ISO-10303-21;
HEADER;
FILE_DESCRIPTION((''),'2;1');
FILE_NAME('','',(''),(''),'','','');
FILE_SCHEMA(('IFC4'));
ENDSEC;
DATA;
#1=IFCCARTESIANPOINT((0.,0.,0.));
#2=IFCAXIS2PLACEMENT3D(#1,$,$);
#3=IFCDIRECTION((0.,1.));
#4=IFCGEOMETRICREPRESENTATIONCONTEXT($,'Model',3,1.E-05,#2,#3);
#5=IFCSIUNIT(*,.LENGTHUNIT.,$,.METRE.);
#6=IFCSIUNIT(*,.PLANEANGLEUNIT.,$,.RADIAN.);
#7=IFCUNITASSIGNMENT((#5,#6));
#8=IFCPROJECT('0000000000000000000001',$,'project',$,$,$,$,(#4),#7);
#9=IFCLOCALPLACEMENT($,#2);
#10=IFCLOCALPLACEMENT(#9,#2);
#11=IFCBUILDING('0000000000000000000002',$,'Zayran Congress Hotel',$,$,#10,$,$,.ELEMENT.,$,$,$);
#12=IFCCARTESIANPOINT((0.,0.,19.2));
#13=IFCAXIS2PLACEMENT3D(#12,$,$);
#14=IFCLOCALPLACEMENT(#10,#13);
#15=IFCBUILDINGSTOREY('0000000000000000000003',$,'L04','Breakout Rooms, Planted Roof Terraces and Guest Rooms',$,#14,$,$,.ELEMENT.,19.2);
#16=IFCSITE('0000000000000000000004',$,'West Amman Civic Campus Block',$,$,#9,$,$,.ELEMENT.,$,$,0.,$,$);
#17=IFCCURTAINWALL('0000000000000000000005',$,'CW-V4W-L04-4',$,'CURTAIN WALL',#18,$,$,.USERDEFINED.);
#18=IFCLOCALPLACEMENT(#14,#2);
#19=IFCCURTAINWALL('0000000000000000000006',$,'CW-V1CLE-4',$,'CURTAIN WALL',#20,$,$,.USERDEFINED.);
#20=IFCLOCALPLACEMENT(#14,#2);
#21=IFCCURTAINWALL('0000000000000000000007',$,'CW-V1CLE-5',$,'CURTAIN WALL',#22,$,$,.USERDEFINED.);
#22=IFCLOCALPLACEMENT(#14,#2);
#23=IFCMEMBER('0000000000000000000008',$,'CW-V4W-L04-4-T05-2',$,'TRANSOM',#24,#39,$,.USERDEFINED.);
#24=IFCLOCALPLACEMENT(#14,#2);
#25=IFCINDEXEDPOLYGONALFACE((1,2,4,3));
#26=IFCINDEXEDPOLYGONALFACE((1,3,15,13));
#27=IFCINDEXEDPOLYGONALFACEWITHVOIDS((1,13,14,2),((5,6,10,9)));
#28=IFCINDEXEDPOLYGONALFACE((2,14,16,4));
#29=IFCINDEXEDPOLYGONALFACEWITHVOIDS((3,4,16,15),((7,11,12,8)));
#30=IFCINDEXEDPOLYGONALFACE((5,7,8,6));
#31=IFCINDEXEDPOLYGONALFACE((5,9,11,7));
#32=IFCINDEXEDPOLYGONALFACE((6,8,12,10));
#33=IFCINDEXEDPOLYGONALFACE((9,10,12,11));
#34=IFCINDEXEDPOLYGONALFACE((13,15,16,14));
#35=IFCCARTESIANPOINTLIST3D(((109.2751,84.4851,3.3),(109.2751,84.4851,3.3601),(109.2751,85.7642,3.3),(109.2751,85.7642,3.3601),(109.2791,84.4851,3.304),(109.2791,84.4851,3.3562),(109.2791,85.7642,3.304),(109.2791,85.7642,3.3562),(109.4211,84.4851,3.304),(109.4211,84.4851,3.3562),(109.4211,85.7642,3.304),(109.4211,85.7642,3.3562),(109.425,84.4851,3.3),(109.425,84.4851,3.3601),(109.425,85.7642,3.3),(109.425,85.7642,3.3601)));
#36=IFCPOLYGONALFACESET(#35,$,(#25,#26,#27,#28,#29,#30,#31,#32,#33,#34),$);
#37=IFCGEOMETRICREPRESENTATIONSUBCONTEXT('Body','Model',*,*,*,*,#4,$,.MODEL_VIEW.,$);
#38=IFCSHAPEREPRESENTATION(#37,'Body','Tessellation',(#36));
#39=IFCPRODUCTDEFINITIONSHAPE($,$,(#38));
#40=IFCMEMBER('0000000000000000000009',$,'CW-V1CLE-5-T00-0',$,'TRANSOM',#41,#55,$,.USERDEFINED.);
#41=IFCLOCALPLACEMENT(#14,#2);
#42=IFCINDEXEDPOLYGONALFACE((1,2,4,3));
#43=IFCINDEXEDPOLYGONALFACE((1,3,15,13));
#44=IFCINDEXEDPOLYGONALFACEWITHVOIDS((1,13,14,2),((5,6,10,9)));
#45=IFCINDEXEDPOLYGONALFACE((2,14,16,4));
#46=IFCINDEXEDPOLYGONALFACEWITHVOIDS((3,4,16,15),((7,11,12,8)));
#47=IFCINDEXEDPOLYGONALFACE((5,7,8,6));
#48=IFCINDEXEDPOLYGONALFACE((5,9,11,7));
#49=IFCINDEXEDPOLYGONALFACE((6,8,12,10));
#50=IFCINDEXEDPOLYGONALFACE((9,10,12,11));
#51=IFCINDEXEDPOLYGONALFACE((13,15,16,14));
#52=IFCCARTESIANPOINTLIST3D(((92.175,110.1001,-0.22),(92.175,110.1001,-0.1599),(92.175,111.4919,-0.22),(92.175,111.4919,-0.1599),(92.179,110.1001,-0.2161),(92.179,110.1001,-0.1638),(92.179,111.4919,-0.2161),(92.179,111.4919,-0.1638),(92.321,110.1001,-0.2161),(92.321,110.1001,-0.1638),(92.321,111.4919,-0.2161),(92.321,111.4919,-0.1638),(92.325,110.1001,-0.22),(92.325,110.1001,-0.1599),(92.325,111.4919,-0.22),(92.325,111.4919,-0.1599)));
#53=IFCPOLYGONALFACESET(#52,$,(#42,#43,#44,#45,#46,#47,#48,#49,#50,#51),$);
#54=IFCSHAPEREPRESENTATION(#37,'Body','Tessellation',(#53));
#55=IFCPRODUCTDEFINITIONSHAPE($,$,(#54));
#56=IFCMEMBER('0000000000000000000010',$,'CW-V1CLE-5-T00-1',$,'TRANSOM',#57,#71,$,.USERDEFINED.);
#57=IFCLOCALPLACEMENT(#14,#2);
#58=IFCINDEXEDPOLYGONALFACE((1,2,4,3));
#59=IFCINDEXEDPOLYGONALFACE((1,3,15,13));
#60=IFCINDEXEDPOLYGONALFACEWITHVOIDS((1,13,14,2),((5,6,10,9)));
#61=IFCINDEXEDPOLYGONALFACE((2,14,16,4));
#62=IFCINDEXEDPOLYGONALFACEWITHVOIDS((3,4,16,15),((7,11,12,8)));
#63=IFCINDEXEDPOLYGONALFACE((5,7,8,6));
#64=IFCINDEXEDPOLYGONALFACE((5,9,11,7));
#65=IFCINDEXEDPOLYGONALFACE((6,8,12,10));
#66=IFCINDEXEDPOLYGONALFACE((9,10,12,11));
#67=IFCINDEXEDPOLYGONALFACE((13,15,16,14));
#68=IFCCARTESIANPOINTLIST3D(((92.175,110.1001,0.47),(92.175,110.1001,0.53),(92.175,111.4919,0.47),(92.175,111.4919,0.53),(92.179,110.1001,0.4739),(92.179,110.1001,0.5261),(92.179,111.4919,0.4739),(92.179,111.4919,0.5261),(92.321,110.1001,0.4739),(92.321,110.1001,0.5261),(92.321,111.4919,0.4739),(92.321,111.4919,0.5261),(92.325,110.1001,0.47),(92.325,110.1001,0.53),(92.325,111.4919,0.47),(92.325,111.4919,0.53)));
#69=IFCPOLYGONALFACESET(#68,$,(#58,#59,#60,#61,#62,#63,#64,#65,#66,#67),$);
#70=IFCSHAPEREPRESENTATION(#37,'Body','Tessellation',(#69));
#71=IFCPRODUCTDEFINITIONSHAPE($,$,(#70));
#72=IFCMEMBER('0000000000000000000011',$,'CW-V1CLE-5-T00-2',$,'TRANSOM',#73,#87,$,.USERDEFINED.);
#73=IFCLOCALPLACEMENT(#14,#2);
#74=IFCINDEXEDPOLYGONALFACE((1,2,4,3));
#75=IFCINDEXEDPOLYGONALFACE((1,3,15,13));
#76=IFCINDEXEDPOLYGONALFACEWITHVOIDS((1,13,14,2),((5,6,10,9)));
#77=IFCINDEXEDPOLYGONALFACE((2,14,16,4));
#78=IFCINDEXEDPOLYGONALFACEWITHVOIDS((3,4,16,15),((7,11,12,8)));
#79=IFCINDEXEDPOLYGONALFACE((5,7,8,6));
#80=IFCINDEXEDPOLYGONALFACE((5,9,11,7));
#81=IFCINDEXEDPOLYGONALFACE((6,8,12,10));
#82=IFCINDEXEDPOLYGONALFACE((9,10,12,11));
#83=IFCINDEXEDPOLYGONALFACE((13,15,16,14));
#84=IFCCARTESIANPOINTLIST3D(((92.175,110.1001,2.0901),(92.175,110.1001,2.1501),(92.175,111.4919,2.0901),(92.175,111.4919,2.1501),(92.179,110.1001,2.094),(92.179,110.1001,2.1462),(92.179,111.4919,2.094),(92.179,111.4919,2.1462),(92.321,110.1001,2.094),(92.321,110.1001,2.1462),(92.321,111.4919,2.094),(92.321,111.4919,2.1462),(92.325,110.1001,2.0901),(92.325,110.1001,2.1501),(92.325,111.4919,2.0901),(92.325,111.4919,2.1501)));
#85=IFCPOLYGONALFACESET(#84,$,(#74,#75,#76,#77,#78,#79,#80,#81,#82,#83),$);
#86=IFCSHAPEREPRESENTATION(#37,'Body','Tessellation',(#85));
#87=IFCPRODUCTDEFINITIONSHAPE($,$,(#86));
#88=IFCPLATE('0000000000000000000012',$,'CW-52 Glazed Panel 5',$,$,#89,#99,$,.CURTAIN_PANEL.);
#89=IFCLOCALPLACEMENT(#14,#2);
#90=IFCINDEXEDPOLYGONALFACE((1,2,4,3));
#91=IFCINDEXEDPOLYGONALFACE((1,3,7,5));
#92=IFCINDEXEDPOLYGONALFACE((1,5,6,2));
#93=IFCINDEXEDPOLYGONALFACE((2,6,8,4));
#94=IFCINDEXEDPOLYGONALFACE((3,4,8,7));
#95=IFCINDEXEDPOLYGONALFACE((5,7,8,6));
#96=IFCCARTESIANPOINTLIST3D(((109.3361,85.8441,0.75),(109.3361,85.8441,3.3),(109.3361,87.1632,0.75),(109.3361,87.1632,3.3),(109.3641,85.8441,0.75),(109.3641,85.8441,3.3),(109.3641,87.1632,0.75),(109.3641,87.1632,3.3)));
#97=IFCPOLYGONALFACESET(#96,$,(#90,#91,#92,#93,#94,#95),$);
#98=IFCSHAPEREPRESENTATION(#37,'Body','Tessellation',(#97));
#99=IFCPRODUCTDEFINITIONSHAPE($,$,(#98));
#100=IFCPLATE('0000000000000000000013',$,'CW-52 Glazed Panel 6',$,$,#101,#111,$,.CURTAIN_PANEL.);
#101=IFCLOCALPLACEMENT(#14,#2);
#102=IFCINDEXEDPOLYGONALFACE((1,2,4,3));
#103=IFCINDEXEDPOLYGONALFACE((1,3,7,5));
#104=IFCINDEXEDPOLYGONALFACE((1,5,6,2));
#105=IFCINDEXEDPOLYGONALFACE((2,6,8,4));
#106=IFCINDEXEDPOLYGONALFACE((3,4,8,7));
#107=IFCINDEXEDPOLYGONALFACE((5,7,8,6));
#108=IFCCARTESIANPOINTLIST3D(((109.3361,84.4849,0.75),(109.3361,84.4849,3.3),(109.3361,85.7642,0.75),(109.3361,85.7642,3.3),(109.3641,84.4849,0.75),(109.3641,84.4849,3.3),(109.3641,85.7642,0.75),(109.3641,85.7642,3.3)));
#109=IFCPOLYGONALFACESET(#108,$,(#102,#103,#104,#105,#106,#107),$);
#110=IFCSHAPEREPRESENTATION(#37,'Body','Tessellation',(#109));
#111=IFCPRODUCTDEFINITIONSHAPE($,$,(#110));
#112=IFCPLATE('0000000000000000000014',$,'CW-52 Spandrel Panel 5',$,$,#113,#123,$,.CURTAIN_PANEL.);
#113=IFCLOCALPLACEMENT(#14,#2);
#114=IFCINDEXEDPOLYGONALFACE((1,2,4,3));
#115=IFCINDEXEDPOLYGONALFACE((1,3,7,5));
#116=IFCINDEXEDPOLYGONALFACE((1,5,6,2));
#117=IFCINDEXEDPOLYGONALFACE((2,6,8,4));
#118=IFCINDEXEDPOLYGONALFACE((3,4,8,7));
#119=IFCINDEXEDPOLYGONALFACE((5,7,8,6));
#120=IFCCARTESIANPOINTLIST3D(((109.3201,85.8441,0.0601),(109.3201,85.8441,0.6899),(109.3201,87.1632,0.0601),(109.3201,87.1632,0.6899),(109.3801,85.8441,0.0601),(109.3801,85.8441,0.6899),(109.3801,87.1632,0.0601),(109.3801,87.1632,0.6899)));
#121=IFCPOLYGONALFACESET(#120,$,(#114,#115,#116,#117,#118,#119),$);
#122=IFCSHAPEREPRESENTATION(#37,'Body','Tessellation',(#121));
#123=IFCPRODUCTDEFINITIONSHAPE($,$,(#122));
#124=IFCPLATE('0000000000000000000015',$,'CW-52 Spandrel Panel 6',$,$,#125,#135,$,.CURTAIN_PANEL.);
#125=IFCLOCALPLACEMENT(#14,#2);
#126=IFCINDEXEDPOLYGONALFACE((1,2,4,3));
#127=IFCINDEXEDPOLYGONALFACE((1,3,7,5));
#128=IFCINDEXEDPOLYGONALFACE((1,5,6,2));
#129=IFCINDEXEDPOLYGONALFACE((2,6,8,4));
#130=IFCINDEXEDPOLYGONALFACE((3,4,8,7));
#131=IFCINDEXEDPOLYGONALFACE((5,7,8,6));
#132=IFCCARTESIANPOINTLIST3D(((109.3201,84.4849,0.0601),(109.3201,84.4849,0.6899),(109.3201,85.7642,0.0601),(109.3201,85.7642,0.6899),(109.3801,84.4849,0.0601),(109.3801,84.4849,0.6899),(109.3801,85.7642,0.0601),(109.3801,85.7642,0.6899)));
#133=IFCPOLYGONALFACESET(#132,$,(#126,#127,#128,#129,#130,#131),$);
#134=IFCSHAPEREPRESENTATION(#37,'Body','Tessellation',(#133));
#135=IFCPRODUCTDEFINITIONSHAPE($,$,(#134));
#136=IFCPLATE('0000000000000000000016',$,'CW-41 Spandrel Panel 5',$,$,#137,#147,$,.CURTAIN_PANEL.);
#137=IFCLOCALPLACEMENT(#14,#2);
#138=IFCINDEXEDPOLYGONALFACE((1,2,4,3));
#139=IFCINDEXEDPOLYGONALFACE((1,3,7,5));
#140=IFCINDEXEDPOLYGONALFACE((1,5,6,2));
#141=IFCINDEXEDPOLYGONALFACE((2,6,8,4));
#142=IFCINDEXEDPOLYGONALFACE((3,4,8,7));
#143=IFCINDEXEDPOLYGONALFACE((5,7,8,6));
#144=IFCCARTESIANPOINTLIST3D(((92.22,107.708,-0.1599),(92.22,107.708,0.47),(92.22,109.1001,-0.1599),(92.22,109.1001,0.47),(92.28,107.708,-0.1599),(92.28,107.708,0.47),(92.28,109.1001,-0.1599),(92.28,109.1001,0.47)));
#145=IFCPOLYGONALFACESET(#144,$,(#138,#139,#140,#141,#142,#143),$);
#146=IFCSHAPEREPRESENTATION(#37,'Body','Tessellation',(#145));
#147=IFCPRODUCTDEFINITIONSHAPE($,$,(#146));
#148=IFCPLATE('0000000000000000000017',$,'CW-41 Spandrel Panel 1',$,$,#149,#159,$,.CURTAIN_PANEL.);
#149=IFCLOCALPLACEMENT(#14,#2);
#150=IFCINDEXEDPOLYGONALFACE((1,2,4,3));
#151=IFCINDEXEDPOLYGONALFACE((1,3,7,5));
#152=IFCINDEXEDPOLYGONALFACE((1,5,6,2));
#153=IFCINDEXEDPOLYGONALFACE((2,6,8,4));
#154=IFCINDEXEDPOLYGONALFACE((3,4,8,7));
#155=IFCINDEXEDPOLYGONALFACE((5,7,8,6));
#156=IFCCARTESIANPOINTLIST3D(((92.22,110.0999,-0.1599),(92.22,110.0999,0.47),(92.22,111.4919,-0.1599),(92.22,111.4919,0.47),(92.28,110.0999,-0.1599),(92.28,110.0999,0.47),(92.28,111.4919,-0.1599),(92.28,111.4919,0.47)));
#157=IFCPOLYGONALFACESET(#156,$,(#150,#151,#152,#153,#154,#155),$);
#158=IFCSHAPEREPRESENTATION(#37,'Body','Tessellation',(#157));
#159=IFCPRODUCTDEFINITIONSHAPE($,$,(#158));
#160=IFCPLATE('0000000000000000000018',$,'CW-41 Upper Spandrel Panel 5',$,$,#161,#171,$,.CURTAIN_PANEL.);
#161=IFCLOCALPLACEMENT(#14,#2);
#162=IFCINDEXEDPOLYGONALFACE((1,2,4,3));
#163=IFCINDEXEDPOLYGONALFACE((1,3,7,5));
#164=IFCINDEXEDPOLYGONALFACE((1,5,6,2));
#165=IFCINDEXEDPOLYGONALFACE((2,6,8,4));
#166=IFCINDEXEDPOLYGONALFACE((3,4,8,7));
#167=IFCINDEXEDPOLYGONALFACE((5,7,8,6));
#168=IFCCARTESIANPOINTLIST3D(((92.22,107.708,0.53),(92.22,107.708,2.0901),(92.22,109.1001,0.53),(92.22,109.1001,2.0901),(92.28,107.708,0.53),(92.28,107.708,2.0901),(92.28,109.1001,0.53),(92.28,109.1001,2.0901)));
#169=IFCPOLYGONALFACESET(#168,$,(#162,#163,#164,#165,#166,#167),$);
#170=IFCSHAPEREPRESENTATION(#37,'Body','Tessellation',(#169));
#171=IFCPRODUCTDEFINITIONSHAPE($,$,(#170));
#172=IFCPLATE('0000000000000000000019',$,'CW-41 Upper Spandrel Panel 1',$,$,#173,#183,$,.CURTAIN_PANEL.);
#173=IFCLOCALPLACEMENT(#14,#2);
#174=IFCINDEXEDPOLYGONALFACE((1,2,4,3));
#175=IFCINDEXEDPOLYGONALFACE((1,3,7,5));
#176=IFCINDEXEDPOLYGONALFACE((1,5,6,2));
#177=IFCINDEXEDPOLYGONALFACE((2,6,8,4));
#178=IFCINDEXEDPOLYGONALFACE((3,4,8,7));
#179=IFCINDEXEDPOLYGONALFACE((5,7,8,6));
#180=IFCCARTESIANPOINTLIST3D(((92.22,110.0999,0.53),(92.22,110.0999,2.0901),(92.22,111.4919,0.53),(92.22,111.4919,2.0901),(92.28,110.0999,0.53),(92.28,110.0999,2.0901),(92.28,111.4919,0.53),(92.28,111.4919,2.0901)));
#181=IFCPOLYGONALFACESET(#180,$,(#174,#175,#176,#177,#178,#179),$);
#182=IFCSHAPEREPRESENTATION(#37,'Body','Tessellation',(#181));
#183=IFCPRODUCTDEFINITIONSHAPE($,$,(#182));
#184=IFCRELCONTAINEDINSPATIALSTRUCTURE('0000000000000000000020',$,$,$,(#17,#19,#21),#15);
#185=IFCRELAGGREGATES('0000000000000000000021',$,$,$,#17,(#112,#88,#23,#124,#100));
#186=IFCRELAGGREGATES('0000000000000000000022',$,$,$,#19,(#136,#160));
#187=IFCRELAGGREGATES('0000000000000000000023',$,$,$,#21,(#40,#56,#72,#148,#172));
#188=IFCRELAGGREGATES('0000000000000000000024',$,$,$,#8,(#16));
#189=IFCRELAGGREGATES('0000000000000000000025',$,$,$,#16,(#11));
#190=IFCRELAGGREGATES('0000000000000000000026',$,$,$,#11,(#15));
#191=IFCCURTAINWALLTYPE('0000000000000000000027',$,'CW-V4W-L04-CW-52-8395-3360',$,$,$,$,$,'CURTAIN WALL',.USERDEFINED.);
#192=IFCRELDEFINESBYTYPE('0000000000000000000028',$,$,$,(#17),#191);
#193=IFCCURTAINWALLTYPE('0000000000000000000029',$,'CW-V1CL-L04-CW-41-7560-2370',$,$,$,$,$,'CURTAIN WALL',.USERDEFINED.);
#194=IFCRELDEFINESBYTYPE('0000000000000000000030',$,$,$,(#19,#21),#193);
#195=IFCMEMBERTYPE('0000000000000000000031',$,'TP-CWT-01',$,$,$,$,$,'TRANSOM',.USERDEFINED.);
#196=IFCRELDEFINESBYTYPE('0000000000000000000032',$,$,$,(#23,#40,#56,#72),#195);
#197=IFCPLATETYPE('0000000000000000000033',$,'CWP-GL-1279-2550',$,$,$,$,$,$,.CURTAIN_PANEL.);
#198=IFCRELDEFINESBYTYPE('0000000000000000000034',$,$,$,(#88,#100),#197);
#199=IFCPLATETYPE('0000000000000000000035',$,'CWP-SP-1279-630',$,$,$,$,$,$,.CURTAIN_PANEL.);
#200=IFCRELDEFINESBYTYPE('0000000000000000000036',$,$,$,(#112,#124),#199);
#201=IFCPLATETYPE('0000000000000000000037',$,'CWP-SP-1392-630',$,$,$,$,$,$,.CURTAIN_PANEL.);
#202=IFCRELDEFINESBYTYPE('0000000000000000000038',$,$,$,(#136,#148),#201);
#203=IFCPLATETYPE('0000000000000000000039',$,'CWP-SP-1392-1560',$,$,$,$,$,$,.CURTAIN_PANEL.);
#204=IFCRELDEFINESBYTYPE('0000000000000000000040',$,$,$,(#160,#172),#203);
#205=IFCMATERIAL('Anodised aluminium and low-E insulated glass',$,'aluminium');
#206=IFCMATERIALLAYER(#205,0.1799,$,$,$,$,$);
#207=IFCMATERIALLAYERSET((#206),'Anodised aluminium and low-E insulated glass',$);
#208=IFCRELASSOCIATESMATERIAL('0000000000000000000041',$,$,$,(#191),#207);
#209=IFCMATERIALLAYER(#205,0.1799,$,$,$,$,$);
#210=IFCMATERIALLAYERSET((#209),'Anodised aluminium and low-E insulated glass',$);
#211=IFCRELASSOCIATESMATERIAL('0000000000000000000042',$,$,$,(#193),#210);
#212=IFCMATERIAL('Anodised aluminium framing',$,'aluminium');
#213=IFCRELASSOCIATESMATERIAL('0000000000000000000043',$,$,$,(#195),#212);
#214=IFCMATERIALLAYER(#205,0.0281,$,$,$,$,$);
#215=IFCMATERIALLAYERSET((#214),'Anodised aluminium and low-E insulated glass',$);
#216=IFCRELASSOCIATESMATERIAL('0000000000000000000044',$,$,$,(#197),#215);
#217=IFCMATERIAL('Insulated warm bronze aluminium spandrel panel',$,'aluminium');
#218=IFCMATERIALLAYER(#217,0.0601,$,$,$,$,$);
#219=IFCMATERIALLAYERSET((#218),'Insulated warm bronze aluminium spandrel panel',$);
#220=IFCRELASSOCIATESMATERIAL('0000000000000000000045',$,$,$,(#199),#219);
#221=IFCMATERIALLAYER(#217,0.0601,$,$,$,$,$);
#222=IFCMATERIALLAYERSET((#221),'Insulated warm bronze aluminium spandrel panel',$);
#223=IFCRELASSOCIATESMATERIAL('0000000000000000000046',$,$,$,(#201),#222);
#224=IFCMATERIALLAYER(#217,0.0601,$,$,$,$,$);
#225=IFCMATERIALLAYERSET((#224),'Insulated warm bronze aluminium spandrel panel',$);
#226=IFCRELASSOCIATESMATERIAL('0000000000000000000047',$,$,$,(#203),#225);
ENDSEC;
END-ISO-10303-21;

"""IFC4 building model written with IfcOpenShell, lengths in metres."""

from ifc_helpers import new_model, si_unit, direction, frame, origin, origin_2d, place, context, subcontext, project, spatial, rectangle, hollow_rectangle, extrude, material, layer, layer_set, material_profile, profile_set, type_object, element, aggregate, save


model = new_model("IFC4")

# Units and contexts
model_context = context("Model", 3, precision=1e-05, world=origin(), true_north=direction((0.0, 1.0)))
body_context = subcontext(model_context, "Body", "Model", "MODEL_VIEW")
ifc_project = project(units=[si_unit("LENGTHUNIT", "METRE"), si_unit("PLANEANGLEUNIT", "RADIAN")], contexts=[model_context])

# Site, building, storey
site_placement = place(None, origin())
site = spatial("IfcSite", under=ifc_project, at=site_placement, Name="West Amman Civic Campus Block", CompositionType="ELEMENT", RefElevation=0.0)
building_placement = place(site_placement, origin())
building = spatial("IfcBuilding", under=site, at=building_placement, Name="Zayran Congress Hotel", CompositionType="ELEMENT")
storey_placement = place(building_placement, frame((0.0, 0.0, 19.2)))
storey = spatial("IfcBuildingStorey", under=building, at=storey_placement, Name="L04", Description="Breakout Rooms, Planted Roof Terraces and Guest Rooms", CompositionType="ELEMENT", Elevation=19.2)

# Curtain wall
ifc_material_1 = material(Name="Anodised aluminium and low-E insulated glass", Category="aluminium")
ifc_layer_1 = layer(ifc_material_1, 0.1799)
ifc_layer_set_1 = layer_set([ifc_layer_1], Name="Anodised aluminium and low-E insulated glass")
curtain_wall_type_1 = type_object("IfcCurtainWallType", Name="CW-V4W-L04-CW-52-8395-3360", ElementType="CURTAIN WALL", PredefinedType="USERDEFINED", material=ifc_layer_set_1)
curtain_wall_1_placement = place(storey_placement, origin())
curtain_wall_1 = element("IfcCurtainWall", 1, at=curtain_wall_1_placement, inside=storey, type_object=curtain_wall_type_1, Name="CW-V4W-L04-4", ObjectType="CURTAIN WALL", PredefinedType="USERDEFINED")
ifc_material_2 = material(Name="Anodised aluminium framing", Category="aluminium")

# Curtain wall
ifc_layer_2 = layer(ifc_material_1, 0.1799)
ifc_layer_set_2 = layer_set([ifc_layer_2], Name="Anodised aluminium and low-E insulated glass")
curtain_wall_type_2 = type_object("IfcCurtainWallType", Name="CW-V1CL-L04-CW-41-7560-2370", ElementType="CURTAIN WALL", PredefinedType="USERDEFINED", material=ifc_layer_set_2)
curtain_wall_2_placement = place(storey_placement, origin())
curtain_wall_2 = element("IfcCurtainWall", 2, at=curtain_wall_2_placement, inside=storey, type_object=curtain_wall_type_2, Name="CW-V1CLE-4", ObjectType="CURTAIN WALL", PredefinedType="USERDEFINED")

# Curtain wall
curtain_wall_3_placement = place(storey_placement, origin())
curtain_wall_3 = element("IfcCurtainWall", 3, at=curtain_wall_3_placement, inside=storey, type_object=curtain_wall_type_2, Name="CW-V1CLE-5", ObjectType="CURTAIN WALL", PredefinedType="USERDEFINED")

# Members
ifc_material_profile_1 = material_profile(ifc_material_2, hollow_rectangle(XDim=0.0601, YDim=0.1499, WallThickness=0.0039, at=origin_2d()), Name="RHS 150x60x4")
ifc_profile_set_1 = profile_set([ifc_material_profile_1], Name="Anodised aluminium framing")
member_type_1 = type_object("IfcMemberType", Name="TP-CWT-01", ElementType="TRANSOM", PredefinedType="USERDEFINED", material=ifc_profile_set_1)
member_1_placement = place(storey_placement, frame((109.3501, 85.7642, 3.3301), z_axis=(0.0, -1.0, 0.0), x_axis=(0.0, 0.0, 1.0)))
member_1 = element("IfcMember", 4, at=member_1_placement, type_object=member_type_1, Name="CW-V4W-L04-4-T05-2", ObjectType="TRANSOM", PredefinedType="USERDEFINED", context=body_context, shape_type="SweptSolid", body=[
    extrude(hollow_rectangle(XDim=0.0601, YDim=0.1499, WallThickness=0.0039, at=origin_2d()), origin(), (0.0, 0.0, 1.0), 1.2791),
])
member_2_placement = place(storey_placement, frame((92.25, 110.1001, -0.1899), z_axis=(0.0, 1.0, 0.0), x_axis=(0.0, 0.0, 1.0)))
member_2 = element("IfcMember", 5, at=member_2_placement, type_object=member_type_1, Name="CW-V1CLE-5-T00-0", ObjectType="TRANSOM", PredefinedType="USERDEFINED", context=body_context, shape_type="SweptSolid", body=[
    extrude(hollow_rectangle(XDim=0.0601, YDim=0.1499, WallThickness=0.0039, at=origin_2d()), origin(), (0.0, 0.0, 1.0), 1.3918),
])
member_3_placement = place(storey_placement, frame((92.25, 110.1001, 0.5), z_axis=(0.0, 1.0, 0.0), x_axis=(0.0, 0.0, 1.0)))
member_3 = element("IfcMember", 6, at=member_3_placement, type_object=member_type_1, Name="CW-V1CLE-5-T00-1", ObjectType="TRANSOM", PredefinedType="USERDEFINED", context=body_context, shape_type="SweptSolid", body=[
    extrude(hollow_rectangle(XDim=0.0601, YDim=0.1499, WallThickness=0.0039, at=origin_2d()), origin(), (0.0, 0.0, 1.0), 1.3918),
])
member_4_placement = place(storey_placement, frame((92.25, 110.1001, 2.1201), z_axis=(0.0, 1.0, 0.0), x_axis=(0.0, 0.0, 1.0)))
member_4 = element("IfcMember", 7, at=member_4_placement, type_object=member_type_1, Name="CW-V1CLE-5-T00-2", ObjectType="TRANSOM", PredefinedType="USERDEFINED", context=body_context, shape_type="SweptSolid", body=[
    extrude(hollow_rectangle(XDim=0.0601, YDim=0.1499, WallThickness=0.0039, at=origin_2d()), origin(), (0.0, 0.0, 1.0), 1.3918),
])

# Plates
ifc_layer_3 = layer(ifc_material_1, 0.0281)
ifc_layer_set_3 = layer_set([ifc_layer_3], Name="Anodised aluminium and low-E insulated glass")
plate_type_1 = type_object("IfcPlateType", Name="CWP-GL-1279-2550", PredefinedType="CURTAIN_PANEL", material=ifc_layer_set_3)
plate_1_placement = place(storey_placement, frame((109.3501, 86.5037, 0.75), z_axis=(0.0, 0.0, 1.0), x_axis=(0.0, 1.0, 0.0)))
plate_1 = element("IfcPlate", 8, at=plate_1_placement, type_object=plate_type_1, Name="CW-52 Glazed Panel 5", PredefinedType="CURTAIN_PANEL", context=body_context, shape_type="SweptSolid", body=[
    extrude(rectangle(XDim=1.3191, YDim=0.0281, at=origin_2d()), origin(), (0.0, 0.0, 1.0), 2.55),
])
plate_2_placement = place(storey_placement, frame((109.3501, 85.1245, 0.75), z_axis=(0.0, 0.0, 1.0), x_axis=(0.0, 1.0, 0.0)))
plate_2 = element("IfcPlate", 9, at=plate_2_placement, type_object=plate_type_1, Name="CW-52 Glazed Panel 6", PredefinedType="CURTAIN_PANEL", context=body_context, shape_type="SweptSolid", body=[
    extrude(rectangle(XDim=1.2793, YDim=0.0281, at=origin_2d()), origin(), (0.0, 0.0, 1.0), 2.55),
])
ifc_material_3 = material(Name="Insulated warm bronze aluminium spandrel panel", Category="aluminium")
ifc_layer_4 = layer(ifc_material_3, 0.0601)
ifc_layer_set_4 = layer_set([ifc_layer_4], Name="Insulated warm bronze aluminium spandrel panel")
plate_type_2 = type_object("IfcPlateType", Name="CWP-SP-1279-630", PredefinedType="CURTAIN_PANEL", material=ifc_layer_set_4)
plate_3_placement = place(storey_placement, frame((109.3501, 86.5037, 0.0601), z_axis=(0.0, 0.0, 1.0), x_axis=(0.0, 1.0, 0.0)))
plate_3 = element("IfcPlate", 10, at=plate_3_placement, type_object=plate_type_2, Name="CW-52 Spandrel Panel 5", PredefinedType="CURTAIN_PANEL", context=body_context, shape_type="SweptSolid", body=[
    extrude(rectangle(XDim=1.3191, YDim=0.0601, at=origin_2d()), origin(), (0.0, 0.0, 1.0), 0.6299),
])
plate_4_placement = place(storey_placement, frame((109.3501, 85.1245, 0.0601), z_axis=(0.0, 0.0, 1.0), x_axis=(0.0, 1.0, 0.0)))
plate_4 = element("IfcPlate", 11, at=plate_4_placement, type_object=plate_type_2, Name="CW-52 Spandrel Panel 6", PredefinedType="CURTAIN_PANEL", context=body_context, shape_type="SweptSolid", body=[
    extrude(rectangle(XDim=1.2793, YDim=0.0601, at=origin_2d()), origin(), (0.0, 0.0, 1.0), 0.6299),
])
aggregate(curtain_wall_1, [plate_3, plate_1, member_1, plate_4, plate_2])
ifc_layer_5 = layer(ifc_material_3, 0.0601)
ifc_layer_set_5 = layer_set([ifc_layer_5], Name="Insulated warm bronze aluminium spandrel panel")
plate_type_3 = type_object("IfcPlateType", Name="CWP-SP-1392-630", PredefinedType="CURTAIN_PANEL", material=ifc_layer_set_5)
plate_5_placement = place(storey_placement, frame((92.25, 108.4041, -0.1599), z_axis=(0.0, 0.0, 1.0), x_axis=(0.0, 1.0, 0.0)))
plate_5 = element("IfcPlate", 12, at=plate_5_placement, type_object=plate_type_3, Name="CW-41 Spandrel Panel 5", PredefinedType="CURTAIN_PANEL", context=body_context, shape_type="SweptSolid", body=[
    extrude(rectangle(XDim=1.3921, YDim=0.0601, at=origin_2d()), origin(), (0.0, 0.0, 1.0), 0.6299),
])
plate_6_placement = place(storey_placement, frame((92.25, 110.7959, -0.1599), z_axis=(0.0, 0.0, 1.0), x_axis=(0.0, 1.0, 0.0)))
plate_6 = element("IfcPlate", 13, at=plate_6_placement, type_object=plate_type_3, Name="CW-41 Spandrel Panel 1", PredefinedType="CURTAIN_PANEL", context=body_context, shape_type="SweptSolid", body=[
    extrude(rectangle(XDim=1.3921, YDim=0.0601, at=origin_2d()), origin(), (0.0, 0.0, 1.0), 0.6299),
])
ifc_layer_6 = layer(ifc_material_3, 0.0601)
ifc_layer_set_6 = layer_set([ifc_layer_6], Name="Insulated warm bronze aluminium spandrel panel")
plate_type_4 = type_object("IfcPlateType", Name="CWP-SP-1392-1560", PredefinedType="CURTAIN_PANEL", material=ifc_layer_set_6)
plate_7_placement = place(storey_placement, frame((92.25, 108.4041, 0.53), z_axis=(0.0, 0.0, 1.0), x_axis=(0.0, 1.0, 0.0)))
plate_7 = element("IfcPlate", 14, at=plate_7_placement, type_object=plate_type_4, Name="CW-41 Upper Spandrel Panel 5", PredefinedType="CURTAIN_PANEL", context=body_context, shape_type="SweptSolid", body=[
    extrude(rectangle(XDim=1.3921, YDim=0.0601, at=origin_2d()), origin(), (0.0, 0.0, 1.0), 1.5601),
])
aggregate(curtain_wall_2, [plate_5, plate_7])
plate_8_placement = place(storey_placement, frame((92.25, 110.7959, 0.53), z_axis=(0.0, 0.0, 1.0), x_axis=(0.0, 1.0, 0.0)))
plate_8 = element("IfcPlate", 15, at=plate_8_placement, type_object=plate_type_4, Name="CW-41 Upper Spandrel Panel 1", PredefinedType="CURTAIN_PANEL", context=body_context, shape_type="SweptSolid", body=[
    extrude(rectangle(XDim=1.3921, YDim=0.0601, at=origin_2d()), origin(), (0.0, 0.0, 1.0), 1.5601),
])
aggregate(curtain_wall_3, [member_2, member_3, member_4, plate_6, plate_8])

save(model, "model.ifc")
